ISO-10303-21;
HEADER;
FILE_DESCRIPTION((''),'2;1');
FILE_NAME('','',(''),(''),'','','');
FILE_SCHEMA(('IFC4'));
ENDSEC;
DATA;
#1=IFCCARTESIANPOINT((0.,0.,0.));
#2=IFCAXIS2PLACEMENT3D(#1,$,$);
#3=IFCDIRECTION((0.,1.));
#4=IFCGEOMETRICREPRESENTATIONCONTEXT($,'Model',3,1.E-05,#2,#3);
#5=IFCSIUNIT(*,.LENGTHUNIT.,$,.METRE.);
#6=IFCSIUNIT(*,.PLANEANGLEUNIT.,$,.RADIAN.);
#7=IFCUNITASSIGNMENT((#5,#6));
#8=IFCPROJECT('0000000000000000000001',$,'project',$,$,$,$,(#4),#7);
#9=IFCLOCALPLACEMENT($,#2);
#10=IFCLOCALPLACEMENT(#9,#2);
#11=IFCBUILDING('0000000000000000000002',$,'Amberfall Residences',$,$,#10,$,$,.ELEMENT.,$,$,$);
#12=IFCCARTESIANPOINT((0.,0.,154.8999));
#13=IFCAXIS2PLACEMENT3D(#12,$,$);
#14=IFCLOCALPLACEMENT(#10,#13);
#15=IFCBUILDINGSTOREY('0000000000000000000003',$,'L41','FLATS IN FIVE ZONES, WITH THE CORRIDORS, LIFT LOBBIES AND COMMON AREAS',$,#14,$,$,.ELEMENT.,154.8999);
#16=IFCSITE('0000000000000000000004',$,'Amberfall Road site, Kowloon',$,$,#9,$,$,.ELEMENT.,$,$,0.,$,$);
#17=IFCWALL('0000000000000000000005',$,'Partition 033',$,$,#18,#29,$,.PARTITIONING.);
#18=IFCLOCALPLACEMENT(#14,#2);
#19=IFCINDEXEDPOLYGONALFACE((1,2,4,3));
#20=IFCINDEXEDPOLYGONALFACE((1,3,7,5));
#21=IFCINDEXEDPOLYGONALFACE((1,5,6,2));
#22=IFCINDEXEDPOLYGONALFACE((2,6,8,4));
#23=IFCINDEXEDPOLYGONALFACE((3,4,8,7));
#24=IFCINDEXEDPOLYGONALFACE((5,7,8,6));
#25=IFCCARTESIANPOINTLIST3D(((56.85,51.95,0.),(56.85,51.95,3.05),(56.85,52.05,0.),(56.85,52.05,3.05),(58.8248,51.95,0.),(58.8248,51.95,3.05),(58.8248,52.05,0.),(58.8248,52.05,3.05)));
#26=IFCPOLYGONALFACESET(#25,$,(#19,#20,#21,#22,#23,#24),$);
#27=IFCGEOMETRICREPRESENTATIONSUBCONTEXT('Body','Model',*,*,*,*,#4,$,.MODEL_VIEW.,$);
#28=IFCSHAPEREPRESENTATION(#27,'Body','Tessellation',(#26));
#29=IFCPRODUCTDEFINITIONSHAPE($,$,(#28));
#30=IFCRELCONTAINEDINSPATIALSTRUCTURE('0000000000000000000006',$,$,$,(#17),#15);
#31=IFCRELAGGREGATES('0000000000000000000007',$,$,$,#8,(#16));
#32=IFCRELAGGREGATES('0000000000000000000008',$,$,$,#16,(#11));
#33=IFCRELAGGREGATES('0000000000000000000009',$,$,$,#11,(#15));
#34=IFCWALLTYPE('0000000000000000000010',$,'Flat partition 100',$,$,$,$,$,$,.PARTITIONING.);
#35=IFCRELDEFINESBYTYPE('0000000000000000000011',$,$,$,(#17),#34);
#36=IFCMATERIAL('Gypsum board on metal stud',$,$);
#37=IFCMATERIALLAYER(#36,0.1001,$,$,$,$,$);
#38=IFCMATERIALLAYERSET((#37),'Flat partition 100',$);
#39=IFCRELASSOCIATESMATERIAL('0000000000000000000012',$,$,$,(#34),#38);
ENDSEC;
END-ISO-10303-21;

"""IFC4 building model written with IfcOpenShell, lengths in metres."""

from ifc_helpers import new_model, si_unit, direction, frame, frame_2d, origin, place, context, subcontext, project, spatial, rectangle, extrude, material, layer, layer_set, type_object, element, save


model = new_model("IFC4")

# Units and contexts
model_context = context("Model", 3, precision=1e-05, world=origin(), true_north=direction((0.0, 1.0)))
body_context = subcontext(model_context, "Body", "Model", "MODEL_VIEW")
ifc_project = project(units=[si_unit("LENGTHUNIT", "METRE"), si_unit("PLANEANGLEUNIT", "RADIAN")], contexts=[model_context])

# Site, building, storey
site_placement = place(None, origin())
site = spatial("IfcSite", under=ifc_project, at=site_placement, Name="Amberfall Road site, Kowloon", CompositionType="ELEMENT", RefElevation=0.0)
building_placement = place(site_placement, origin())
building = spatial("IfcBuilding", under=site, at=building_placement, Name="Amberfall Residences", CompositionType="ELEMENT")
storey_placement = place(building_placement, frame((0.0, 0.0, 154.8999)))
storey = spatial("IfcBuildingStorey", under=building, at=storey_placement, Name="L41", Description="FLATS IN FIVE ZONES, WITH THE CORRIDORS, LIFT LOBBIES AND COMMON AREAS", CompositionType="ELEMENT", Elevation=154.8999)

# Shared definitions
ifc_material_1 = material(Name="Gypsum board on metal stud")
ifc_layer_1 = layer(ifc_material_1, 0.1001)
ifc_layer_set_1 = layer_set([ifc_layer_1], Name="Flat partition 100")
wall_type_1 = type_object("IfcWallType", Name="Flat partition 100", PredefinedType="PARTITIONING", material=ifc_layer_set_1)

# Wall
wall_1_placement = place(storey_placement, frame((56.8501, 52.0, 0.0), z_axis=(0.0, 0.0, 1.0), x_axis=(1.0, 0.0, 0.0)))
element("IfcWall", 1, at=wall_1_placement, inside=storey, type_object=wall_type_1, Name="Partition 033", PredefinedType="PARTITIONING", context=body_context, shape_type="SweptSolid", body=[
    extrude(rectangle(XDim=1.9749, YDim=0.1001, at=frame_2d((0.9873, 0.0))), origin(), (0.0, 0.0, 1.0), 3.05),
])

save(model, "model.ifc")
